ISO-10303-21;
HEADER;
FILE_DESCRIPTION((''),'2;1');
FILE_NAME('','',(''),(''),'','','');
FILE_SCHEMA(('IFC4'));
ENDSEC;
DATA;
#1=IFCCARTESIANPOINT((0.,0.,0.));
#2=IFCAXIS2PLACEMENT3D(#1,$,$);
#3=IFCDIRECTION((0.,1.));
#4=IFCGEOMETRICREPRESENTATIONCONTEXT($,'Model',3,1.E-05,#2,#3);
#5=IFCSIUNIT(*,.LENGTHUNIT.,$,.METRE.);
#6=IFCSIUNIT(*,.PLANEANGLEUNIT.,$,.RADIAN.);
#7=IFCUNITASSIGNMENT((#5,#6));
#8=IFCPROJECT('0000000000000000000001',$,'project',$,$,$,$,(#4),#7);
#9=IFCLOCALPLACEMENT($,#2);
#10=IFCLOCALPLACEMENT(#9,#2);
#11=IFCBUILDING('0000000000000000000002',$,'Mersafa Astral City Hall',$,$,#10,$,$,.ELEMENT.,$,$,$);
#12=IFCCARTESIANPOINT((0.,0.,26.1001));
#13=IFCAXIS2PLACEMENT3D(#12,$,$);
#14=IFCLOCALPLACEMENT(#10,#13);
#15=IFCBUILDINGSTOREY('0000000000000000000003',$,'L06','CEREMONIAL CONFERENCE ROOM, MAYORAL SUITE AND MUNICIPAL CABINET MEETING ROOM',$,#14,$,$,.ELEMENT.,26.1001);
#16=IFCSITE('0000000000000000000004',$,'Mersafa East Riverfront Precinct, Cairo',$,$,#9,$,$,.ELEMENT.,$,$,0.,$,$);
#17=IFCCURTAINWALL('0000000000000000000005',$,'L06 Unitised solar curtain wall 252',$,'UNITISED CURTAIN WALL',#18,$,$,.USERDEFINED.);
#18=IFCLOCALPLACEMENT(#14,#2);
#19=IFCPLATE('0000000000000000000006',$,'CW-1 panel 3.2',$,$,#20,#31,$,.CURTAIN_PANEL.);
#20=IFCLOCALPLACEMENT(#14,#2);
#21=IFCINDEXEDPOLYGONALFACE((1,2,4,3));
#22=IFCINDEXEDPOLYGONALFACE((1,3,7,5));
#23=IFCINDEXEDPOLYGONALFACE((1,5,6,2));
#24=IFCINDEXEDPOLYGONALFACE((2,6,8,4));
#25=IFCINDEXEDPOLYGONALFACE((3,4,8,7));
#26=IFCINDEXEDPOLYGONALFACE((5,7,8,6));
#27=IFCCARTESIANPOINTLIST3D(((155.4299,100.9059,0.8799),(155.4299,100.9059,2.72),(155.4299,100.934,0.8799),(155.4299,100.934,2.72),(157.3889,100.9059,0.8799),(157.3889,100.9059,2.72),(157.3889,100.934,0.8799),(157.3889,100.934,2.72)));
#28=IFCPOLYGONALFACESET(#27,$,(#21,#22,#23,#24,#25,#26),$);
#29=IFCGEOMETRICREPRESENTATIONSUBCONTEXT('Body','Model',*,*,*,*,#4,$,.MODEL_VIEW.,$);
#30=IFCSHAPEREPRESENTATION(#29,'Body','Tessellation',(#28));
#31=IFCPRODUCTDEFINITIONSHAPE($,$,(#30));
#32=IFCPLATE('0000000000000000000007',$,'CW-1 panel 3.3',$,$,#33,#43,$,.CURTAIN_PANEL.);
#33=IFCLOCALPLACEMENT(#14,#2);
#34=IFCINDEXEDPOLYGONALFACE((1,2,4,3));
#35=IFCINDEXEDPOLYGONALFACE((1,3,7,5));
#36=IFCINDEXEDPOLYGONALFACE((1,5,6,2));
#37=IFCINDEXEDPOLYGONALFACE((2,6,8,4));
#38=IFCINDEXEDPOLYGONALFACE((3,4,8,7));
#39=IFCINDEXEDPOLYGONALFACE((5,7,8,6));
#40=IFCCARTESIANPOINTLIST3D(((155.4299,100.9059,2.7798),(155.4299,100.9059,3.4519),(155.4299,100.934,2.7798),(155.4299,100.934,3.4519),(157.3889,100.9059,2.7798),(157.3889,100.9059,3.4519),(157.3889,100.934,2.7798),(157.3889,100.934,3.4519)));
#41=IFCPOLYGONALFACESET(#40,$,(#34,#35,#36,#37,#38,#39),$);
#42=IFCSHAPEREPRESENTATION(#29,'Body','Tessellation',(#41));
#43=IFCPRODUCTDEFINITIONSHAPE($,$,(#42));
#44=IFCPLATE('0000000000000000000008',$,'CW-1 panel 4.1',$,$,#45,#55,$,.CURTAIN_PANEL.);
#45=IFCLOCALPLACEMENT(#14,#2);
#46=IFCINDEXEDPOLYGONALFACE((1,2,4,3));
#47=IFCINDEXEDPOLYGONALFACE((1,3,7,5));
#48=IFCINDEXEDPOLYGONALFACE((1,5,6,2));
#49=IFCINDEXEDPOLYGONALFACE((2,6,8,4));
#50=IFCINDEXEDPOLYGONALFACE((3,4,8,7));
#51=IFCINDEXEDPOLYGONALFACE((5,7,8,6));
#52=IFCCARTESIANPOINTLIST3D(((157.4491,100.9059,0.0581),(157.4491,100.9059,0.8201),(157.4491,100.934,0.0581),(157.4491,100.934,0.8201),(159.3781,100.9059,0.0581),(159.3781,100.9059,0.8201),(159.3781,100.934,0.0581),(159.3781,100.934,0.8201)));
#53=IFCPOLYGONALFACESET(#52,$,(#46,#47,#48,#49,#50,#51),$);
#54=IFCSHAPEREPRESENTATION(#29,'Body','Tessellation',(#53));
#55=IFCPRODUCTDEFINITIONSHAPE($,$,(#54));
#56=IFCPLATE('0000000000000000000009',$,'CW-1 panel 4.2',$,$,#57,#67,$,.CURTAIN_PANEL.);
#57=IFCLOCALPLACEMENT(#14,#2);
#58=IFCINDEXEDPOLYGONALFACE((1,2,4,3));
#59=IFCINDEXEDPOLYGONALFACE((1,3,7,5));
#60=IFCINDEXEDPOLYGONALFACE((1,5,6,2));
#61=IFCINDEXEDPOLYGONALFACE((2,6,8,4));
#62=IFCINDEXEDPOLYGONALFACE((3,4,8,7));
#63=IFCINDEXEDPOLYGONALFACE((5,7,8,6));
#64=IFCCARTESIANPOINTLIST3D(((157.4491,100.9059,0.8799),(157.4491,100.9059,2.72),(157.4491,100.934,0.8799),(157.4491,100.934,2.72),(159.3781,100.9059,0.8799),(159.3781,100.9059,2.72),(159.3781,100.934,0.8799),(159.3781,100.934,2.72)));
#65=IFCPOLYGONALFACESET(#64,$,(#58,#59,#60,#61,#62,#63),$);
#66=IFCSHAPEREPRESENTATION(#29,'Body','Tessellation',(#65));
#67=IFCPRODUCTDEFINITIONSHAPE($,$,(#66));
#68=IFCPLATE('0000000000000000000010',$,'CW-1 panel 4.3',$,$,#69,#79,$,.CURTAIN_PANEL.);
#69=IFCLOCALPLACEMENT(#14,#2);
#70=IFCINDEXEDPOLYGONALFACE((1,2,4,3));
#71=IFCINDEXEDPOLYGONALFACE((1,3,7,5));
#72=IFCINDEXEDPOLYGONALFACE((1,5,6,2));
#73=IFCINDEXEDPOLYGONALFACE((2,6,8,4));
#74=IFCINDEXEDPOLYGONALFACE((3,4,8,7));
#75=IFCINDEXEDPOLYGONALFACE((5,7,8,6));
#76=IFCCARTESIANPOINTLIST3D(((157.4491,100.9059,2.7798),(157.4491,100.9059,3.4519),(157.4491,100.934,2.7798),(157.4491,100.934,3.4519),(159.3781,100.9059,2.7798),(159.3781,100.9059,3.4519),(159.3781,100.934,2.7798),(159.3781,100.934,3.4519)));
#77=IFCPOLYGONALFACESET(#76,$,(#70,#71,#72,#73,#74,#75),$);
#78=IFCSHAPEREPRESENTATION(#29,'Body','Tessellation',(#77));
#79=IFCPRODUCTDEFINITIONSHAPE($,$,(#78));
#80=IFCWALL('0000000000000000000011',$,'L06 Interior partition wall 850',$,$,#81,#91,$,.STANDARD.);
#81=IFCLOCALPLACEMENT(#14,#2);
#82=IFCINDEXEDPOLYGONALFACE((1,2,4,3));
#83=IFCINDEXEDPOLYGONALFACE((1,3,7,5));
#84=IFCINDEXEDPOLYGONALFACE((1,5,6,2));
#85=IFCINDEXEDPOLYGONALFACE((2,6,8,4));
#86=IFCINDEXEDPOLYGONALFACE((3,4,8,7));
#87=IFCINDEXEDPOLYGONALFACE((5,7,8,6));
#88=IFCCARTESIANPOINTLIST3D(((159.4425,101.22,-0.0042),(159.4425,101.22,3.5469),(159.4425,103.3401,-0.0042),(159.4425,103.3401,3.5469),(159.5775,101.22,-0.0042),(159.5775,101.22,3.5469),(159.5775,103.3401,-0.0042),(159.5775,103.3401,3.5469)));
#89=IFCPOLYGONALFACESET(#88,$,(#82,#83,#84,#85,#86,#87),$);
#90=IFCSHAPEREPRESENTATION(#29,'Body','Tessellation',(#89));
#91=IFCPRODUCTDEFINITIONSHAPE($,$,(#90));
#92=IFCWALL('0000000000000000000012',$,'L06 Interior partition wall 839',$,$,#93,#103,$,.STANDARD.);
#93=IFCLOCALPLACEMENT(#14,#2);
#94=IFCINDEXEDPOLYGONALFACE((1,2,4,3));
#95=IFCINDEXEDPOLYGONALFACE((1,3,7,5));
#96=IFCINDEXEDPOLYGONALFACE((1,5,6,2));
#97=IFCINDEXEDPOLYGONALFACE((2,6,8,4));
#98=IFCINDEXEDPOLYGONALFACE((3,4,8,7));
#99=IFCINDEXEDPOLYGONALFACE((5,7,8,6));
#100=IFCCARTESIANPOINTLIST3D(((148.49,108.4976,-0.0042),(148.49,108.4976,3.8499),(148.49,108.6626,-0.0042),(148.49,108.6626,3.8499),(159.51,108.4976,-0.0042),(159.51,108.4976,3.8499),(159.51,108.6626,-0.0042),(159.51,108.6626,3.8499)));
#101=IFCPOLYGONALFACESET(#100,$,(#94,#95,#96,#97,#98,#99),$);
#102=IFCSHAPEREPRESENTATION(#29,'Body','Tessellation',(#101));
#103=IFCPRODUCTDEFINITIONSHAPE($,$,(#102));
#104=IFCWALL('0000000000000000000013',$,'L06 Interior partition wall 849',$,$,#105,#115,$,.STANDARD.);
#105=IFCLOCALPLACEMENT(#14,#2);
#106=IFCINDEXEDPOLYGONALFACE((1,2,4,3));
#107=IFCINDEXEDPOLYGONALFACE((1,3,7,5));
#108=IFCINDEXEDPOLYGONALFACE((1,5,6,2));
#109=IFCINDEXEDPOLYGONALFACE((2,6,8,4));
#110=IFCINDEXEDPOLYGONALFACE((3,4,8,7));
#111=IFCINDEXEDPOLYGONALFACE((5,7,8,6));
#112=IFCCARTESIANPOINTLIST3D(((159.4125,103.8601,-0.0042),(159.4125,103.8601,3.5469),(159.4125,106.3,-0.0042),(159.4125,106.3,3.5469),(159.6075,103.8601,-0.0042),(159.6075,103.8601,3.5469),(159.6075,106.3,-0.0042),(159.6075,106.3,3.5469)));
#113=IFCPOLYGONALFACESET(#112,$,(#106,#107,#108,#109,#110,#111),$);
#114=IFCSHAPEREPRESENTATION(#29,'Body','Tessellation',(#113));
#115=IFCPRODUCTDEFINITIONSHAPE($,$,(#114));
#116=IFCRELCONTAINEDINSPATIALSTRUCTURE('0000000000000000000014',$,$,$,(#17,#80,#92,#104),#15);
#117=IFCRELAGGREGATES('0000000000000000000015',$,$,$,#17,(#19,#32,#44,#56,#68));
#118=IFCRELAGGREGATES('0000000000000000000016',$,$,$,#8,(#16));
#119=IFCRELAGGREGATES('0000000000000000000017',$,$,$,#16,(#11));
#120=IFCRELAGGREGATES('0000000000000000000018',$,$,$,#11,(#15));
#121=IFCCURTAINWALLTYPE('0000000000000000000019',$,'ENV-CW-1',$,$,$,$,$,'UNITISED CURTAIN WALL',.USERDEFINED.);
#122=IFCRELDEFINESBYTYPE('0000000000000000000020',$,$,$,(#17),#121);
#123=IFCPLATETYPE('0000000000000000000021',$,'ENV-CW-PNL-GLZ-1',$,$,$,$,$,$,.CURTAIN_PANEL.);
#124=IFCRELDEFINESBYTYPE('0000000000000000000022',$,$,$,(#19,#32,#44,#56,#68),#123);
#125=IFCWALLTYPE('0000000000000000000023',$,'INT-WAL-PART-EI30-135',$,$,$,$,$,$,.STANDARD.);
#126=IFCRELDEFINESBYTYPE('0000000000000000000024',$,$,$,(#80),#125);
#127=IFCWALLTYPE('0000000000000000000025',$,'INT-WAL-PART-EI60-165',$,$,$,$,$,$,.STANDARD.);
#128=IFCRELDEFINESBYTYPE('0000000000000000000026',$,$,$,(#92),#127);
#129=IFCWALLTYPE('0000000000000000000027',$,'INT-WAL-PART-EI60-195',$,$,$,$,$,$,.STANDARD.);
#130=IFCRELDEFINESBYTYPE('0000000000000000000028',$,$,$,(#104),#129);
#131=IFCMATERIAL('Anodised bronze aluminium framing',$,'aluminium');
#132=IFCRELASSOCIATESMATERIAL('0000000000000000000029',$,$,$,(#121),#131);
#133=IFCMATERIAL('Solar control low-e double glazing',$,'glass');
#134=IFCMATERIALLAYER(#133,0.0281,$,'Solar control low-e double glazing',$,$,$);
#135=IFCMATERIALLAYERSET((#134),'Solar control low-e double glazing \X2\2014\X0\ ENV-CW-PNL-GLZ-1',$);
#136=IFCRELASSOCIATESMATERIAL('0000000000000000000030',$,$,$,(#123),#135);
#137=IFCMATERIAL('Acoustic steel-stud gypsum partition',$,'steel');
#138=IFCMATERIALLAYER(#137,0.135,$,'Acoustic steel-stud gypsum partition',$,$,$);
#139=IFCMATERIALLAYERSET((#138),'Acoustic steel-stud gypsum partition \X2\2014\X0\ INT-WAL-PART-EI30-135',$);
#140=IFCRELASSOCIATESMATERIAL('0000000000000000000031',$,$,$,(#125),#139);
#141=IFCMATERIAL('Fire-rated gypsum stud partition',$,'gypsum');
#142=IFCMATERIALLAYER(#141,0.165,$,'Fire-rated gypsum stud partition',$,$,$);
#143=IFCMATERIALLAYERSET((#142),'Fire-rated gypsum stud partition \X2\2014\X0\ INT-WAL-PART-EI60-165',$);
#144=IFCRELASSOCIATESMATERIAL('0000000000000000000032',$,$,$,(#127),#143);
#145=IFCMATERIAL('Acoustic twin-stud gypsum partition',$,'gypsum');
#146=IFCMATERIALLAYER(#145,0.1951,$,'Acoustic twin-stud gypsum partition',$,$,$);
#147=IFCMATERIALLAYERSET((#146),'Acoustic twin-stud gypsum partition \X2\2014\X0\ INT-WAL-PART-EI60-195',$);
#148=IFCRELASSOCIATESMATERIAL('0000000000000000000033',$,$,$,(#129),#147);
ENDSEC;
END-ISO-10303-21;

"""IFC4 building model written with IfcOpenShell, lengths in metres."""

from ifc_helpers import new_model, si_unit, direction, frame, frame_2d, origin, origin_2d, place, context, subcontext, project, spatial, rectangle, extrude, material, layer, layer_set, type_object, element, aggregate, save


model = new_model("IFC4")

# Units and contexts
model_context = context("Model", 3, precision=1e-05, world=origin(), true_north=direction((0.0, 1.0)))
body_context = subcontext(model_context, "Body", "Model", "MODEL_VIEW")
ifc_project = project(units=[si_unit("LENGTHUNIT", "METRE"), si_unit("PLANEANGLEUNIT", "RADIAN")], contexts=[model_context])

# Site, building, storey
site_placement = place(None, origin())
site = spatial("IfcSite", under=ifc_project, at=site_placement, Name="Mersafa East Riverfront Precinct, Cairo", CompositionType="ELEMENT", RefElevation=0.0)
building_placement = place(site_placement, origin())
building = spatial("IfcBuilding", under=site, at=building_placement, Name="Mersafa Astral City Hall", CompositionType="ELEMENT")
storey_placement = place(building_placement, frame((0.0, 0.0, 26.1001)))
storey = spatial("IfcBuildingStorey", under=building, at=storey_placement, Name="L06", Description="CEREMONIAL CONFERENCE ROOM, MAYORAL SUITE AND MUNICIPAL CABINET MEETING ROOM", CompositionType="ELEMENT", Elevation=26.1001)

# Curtain wall, plates
ifc_material_1 = material(Name="Anodised bronze aluminium framing", Category="aluminium")
curtain_wall_type = type_object("IfcCurtainWallType", Name="ENV-CW-1", ElementType="UNITISED CURTAIN WALL", PredefinedType="USERDEFINED", material=ifc_material_1)
curtain_wall_placement = place(storey_placement, origin())
curtain_wall = element("IfcCurtainWall", 1, at=curtain_wall_placement, inside=storey, type_object=curtain_wall_type, Name="L06 Unitised solar curtain wall 252", ObjectType="UNITISED CURTAIN WALL", PredefinedType="USERDEFINED")
ifc_material_2 = material(Name="Solar control low-e double glazing", Category="glass")
ifc_layer_1 = layer(ifc_material_2, 0.0281, Name="Solar control low-e double glazing")
ifc_layer_set_1 = layer_set([ifc_layer_1], Name="Solar control low-e double glazing — ENV-CW-PNL-GLZ-1")
plate_type = type_object("IfcPlateType", Name="ENV-CW-PNL-GLZ-1", PredefinedType="CURTAIN_PANEL", material=ifc_layer_set_1)
plate_1_placement = place(storey_placement, frame((156.4094, 100.9199, 0.8799), z_axis=(0.0, 0.0, 1.0), x_axis=(1.0, 0.0, 0.0)))
plate_1 = element("IfcPlate", 2, at=plate_1_placement, type_object=plate_type, Name="CW-1 panel 3.2", PredefinedType="CURTAIN_PANEL", context=body_context, shape_type="SweptSolid", body=[
    extrude(rectangle(XDim=1.959, YDim=0.0281, at=origin_2d()), origin(), (0.0, 0.0, 1.0), 1.8401),
])
plate_2_placement = place(storey_placement, frame((156.4094, 100.9199, 2.7798), z_axis=(0.0, 0.0, 1.0), x_axis=(1.0, 0.0, 0.0)))
plate_2 = element("IfcPlate", 3, at=plate_2_placement, type_object=plate_type, Name="CW-1 panel 3.3", PredefinedType="CURTAIN_PANEL", context=body_context, shape_type="SweptSolid", body=[
    extrude(rectangle(XDim=1.959, YDim=0.0281, at=origin_2d()), origin(), (0.0, 0.0, 1.0), 0.6721),
])
plate_3_placement = place(storey_placement, frame((158.4136, 100.9199, 0.0581), z_axis=(0.0, 0.0, 1.0), x_axis=(1.0, 0.0, 0.0)))
plate_3 = element("IfcPlate", 4, at=plate_3_placement, type_object=plate_type, Name="CW-1 panel 4.1", PredefinedType="CURTAIN_PANEL", context=body_context, shape_type="SweptSolid", body=[
    extrude(rectangle(XDim=1.929, YDim=0.0281, at=origin_2d()), origin(), (0.0, 0.0, 1.0), 0.762),
])
plate_4_placement = place(storey_placement, frame((158.4136, 100.9199, 0.8799), z_axis=(0.0, 0.0, 1.0), x_axis=(1.0, 0.0, 0.0)))
plate_4 = element("IfcPlate", 5, at=plate_4_placement, type_object=plate_type, Name="CW-1 panel 4.2", PredefinedType="CURTAIN_PANEL", context=body_context, shape_type="SweptSolid", body=[
    extrude(rectangle(XDim=1.929, YDim=0.0281, at=origin_2d()), origin(), (0.0, 0.0, 1.0), 1.8401),
])
plate_5_placement = place(storey_placement, frame((158.4136, 100.9199, 2.7798), z_axis=(0.0, 0.0, 1.0), x_axis=(1.0, 0.0, 0.0)))
plate_5 = element("IfcPlate", 6, at=plate_5_placement, type_object=plate_type, Name="CW-1 panel 4.3", PredefinedType="CURTAIN_PANEL", context=body_context, shape_type="SweptSolid", body=[
    extrude(rectangle(XDim=1.929, YDim=0.0281, at=origin_2d()), origin(), (0.0, 0.0, 1.0), 0.6721),
])
aggregate(curtain_wall, [plate_1, plate_2, plate_3, plate_4, plate_5])

# Walls
ifc_material_3 = material(Name="Acoustic steel-stud gypsum partition", Category="steel")
ifc_layer_2 = layer(ifc_material_3, 0.135, Name="Acoustic steel-stud gypsum partition")
ifc_layer_set_2 = layer_set([ifc_layer_2], Name="Acoustic steel-stud gypsum partition — INT-WAL-PART-EI30-135")
wall_type_1 = type_object("IfcWallType", Name="INT-WAL-PART-EI30-135", PredefinedType="STANDARD", material=ifc_layer_set_2)
wall_1_placement = place(storey_placement, frame((159.51, 103.3401, -0.0042), z_axis=(0.0, 0.0, 1.0), x_axis=(0.0, -1.0, 0.0)))
element("IfcWall", 7, at=wall_1_placement, inside=storey, type_object=wall_type_1, Name="L06 Interior partition wall 850", PredefinedType="STANDARD", context=body_context, shape_type="SweptSolid", body=[
    extrude(rectangle(XDim=2.1201, YDim=0.135, at=frame_2d((1.0601, 0.0))), origin(), (0.0, 0.0, 1.0), 3.551),
])
ifc_material_4 = material(Name="Fire-rated gypsum stud partition", Category="gypsum")
ifc_layer_3 = layer(ifc_material_4, 0.165, Name="Fire-rated gypsum stud partition")
ifc_layer_set_3 = layer_set([ifc_layer_3], Name="Fire-rated gypsum stud partition — INT-WAL-PART-EI60-165")
wall_type_2 = type_object("IfcWallType", Name="INT-WAL-PART-EI60-165", PredefinedType="STANDARD", material=ifc_layer_set_3)
wall_2_placement = place(storey_placement, frame((159.51, 108.5801, -0.0042), z_axis=(0.0, 0.0, 1.0), x_axis=(-1.0, 0.0, 0.0)))
element("IfcWall", 8, at=wall_2_placement, inside=storey, type_object=wall_type_2, Name="L06 Interior partition wall 839", PredefinedType="STANDARD", context=body_context, shape_type="SweptSolid", body=[
    extrude(rectangle(XDim=11.02, YDim=0.165, at=frame_2d((5.51, 0.0))), origin(), (0.0, 0.0, 1.0), 3.854),
])
ifc_material_5 = material(Name="Acoustic twin-stud gypsum partition", Category="gypsum")
ifc_layer_4 = layer(ifc_material_5, 0.1951, Name="Acoustic twin-stud gypsum partition")
ifc_layer_set_4 = layer_set([ifc_layer_4], Name="Acoustic twin-stud gypsum partition — INT-WAL-PART-EI60-195")
wall_type_3 = type_object("IfcWallType", Name="INT-WAL-PART-EI60-195", PredefinedType="STANDARD", material=ifc_layer_set_4)
wall_3_placement = place(storey_placement, frame((159.51, 106.3, -0.0042), z_axis=(0.0, 0.0, 1.0), x_axis=(0.0, -1.0, 0.0)))
element("IfcWall", 9, at=wall_3_placement, inside=storey, type_object=wall_type_3, Name="L06 Interior partition wall 849", PredefinedType="STANDARD", context=body_context, shape_type="SweptSolid", body=[
    extrude(rectangle(XDim=2.4399, YDim=0.1951, at=frame_2d((1.22, 0.0))), origin(), (0.0, 0.0, 1.0), 3.551),
])

save(model, "model.ifc")
